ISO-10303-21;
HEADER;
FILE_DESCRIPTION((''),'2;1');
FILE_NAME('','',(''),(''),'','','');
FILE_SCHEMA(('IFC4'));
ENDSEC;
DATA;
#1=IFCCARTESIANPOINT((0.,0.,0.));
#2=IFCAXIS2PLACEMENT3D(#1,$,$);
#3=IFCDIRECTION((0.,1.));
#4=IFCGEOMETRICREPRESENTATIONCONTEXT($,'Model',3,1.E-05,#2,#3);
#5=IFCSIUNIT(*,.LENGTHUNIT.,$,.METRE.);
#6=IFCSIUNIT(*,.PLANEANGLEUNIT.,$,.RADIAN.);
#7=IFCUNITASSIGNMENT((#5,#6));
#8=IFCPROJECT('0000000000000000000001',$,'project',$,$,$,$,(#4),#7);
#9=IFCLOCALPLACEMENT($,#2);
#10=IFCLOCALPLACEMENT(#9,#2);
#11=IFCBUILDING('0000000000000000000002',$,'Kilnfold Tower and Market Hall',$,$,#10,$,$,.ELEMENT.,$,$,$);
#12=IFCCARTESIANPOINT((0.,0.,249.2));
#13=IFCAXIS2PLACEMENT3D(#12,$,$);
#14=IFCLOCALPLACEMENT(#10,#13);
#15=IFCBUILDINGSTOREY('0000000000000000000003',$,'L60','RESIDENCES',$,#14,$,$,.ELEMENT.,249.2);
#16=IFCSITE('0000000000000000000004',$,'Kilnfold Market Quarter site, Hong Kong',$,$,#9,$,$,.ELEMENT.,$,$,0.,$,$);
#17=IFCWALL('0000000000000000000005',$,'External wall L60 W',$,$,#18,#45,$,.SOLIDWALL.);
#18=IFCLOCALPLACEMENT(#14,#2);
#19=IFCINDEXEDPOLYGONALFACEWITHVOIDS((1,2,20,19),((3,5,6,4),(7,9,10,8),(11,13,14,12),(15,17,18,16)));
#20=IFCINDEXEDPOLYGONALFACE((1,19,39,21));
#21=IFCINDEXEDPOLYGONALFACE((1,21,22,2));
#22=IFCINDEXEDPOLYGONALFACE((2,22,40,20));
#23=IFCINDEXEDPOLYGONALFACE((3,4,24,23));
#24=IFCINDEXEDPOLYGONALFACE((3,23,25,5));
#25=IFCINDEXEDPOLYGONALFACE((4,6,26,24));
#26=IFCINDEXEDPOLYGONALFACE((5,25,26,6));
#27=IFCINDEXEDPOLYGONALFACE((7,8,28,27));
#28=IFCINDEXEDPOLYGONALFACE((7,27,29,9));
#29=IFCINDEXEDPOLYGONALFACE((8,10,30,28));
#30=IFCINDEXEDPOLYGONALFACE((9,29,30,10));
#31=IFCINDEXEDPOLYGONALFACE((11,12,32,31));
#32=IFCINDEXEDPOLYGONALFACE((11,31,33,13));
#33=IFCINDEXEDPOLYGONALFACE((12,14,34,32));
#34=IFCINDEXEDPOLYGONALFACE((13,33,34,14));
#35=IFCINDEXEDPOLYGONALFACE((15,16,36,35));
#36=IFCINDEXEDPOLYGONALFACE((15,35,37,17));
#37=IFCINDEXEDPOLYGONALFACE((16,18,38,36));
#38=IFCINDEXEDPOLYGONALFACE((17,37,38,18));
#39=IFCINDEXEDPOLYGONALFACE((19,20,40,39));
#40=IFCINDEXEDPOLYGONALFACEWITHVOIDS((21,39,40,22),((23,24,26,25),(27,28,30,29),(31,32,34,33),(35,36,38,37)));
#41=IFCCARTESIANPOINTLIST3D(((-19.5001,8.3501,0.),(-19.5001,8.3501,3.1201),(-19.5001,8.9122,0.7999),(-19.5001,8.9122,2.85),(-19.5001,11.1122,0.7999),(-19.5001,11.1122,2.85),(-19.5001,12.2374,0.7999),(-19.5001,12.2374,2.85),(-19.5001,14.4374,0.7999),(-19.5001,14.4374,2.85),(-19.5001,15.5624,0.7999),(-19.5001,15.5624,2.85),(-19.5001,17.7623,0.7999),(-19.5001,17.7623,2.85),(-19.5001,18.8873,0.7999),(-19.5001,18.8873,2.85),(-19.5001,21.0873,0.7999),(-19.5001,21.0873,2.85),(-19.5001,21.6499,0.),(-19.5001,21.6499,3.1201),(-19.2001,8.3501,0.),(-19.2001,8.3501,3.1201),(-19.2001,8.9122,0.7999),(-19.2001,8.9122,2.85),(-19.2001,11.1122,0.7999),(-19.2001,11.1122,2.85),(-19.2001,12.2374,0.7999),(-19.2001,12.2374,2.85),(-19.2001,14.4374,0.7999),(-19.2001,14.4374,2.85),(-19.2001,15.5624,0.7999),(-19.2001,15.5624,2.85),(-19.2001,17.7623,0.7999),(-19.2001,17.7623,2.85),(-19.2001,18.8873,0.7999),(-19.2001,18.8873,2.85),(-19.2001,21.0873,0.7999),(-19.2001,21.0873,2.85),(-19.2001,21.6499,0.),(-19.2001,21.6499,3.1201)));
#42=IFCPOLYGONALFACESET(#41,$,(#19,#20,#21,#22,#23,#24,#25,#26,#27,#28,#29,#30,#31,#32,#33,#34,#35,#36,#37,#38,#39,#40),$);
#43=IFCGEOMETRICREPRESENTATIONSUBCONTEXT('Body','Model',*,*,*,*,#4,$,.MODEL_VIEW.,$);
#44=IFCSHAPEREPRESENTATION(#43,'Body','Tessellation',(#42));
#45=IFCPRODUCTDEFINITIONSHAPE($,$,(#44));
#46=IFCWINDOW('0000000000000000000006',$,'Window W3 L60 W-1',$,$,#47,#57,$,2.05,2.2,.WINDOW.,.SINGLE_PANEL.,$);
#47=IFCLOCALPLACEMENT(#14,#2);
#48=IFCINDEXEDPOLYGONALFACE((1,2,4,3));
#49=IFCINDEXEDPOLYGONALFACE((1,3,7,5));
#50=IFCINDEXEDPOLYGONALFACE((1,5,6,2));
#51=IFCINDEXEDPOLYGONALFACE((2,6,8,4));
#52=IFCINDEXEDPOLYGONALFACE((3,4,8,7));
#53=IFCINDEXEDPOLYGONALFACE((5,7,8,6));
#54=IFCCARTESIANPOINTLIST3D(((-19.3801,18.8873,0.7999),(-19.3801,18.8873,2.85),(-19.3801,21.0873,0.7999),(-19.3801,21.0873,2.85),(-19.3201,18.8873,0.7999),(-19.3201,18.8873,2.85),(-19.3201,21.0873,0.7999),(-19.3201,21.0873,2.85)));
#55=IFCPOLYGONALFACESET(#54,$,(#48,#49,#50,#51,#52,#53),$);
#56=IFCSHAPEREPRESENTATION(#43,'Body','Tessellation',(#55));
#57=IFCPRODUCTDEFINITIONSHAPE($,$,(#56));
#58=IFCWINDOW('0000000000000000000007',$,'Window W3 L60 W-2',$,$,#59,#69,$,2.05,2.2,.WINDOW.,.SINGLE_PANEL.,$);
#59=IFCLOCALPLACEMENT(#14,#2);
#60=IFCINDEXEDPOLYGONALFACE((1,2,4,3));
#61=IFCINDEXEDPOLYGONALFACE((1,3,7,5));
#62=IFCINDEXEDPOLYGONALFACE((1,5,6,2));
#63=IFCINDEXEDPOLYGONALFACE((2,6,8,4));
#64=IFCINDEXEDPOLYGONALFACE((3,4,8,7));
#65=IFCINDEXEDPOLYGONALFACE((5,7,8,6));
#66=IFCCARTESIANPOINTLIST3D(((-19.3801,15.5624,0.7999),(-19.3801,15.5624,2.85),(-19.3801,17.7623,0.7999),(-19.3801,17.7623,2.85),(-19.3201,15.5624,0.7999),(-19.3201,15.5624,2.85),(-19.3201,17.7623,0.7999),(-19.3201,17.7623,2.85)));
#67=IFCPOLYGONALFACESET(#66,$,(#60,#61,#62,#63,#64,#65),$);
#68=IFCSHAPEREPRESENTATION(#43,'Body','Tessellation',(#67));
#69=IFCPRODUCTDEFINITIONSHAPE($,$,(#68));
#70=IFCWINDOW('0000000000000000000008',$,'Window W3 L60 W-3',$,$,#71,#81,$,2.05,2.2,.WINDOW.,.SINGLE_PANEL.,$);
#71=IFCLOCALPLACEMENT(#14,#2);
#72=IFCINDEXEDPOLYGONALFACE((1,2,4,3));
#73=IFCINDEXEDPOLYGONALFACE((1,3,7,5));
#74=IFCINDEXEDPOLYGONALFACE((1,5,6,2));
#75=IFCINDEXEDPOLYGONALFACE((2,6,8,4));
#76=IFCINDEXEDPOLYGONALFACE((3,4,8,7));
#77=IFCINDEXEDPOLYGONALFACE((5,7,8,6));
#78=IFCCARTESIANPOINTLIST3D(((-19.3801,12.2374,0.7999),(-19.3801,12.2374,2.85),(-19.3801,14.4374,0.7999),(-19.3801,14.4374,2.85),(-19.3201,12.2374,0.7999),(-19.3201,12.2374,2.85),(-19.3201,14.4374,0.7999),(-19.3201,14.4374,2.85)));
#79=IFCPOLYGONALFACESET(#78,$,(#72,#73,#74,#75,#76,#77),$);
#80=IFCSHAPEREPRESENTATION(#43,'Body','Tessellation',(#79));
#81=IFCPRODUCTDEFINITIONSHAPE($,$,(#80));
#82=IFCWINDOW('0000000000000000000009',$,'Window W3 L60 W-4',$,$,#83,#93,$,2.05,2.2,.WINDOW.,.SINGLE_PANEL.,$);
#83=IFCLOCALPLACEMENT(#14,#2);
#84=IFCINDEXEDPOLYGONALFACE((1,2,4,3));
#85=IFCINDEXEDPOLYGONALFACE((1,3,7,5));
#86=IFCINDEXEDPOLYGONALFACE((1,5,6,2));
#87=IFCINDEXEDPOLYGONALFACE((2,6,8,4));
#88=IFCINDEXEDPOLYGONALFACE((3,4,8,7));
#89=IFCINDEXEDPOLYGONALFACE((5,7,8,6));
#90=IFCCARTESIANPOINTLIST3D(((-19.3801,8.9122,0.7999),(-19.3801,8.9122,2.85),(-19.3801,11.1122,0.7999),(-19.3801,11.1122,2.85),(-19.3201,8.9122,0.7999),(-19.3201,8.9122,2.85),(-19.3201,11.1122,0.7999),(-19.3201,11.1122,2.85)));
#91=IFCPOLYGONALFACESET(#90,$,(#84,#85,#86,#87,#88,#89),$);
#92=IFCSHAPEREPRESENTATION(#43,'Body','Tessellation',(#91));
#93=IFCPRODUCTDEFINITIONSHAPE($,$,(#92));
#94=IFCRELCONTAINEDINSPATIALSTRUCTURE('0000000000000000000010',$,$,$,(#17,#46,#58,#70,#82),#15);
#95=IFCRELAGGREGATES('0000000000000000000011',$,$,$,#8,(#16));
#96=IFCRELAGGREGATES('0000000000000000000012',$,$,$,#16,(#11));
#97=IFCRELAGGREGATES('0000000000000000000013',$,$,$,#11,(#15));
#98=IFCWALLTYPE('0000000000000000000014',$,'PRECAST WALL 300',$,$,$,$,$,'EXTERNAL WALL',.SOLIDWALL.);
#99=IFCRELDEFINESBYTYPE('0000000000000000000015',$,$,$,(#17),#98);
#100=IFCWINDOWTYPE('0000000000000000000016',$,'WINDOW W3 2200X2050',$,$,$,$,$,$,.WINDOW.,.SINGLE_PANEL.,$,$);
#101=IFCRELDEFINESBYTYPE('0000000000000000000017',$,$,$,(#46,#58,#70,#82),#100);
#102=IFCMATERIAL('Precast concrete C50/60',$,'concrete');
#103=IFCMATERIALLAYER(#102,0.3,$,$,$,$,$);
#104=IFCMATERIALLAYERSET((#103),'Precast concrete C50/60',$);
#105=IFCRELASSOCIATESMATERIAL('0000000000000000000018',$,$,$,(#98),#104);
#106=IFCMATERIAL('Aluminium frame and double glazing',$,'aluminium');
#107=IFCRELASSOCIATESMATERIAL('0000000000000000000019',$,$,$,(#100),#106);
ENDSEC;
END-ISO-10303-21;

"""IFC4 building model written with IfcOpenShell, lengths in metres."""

from ifc_helpers import new_model, si_unit, direction, frame, frame_2d, origin, place, context, subcontext, project, spatial, rectangle, extrude, source, transform, mapped, material, layer, layer_set, type_object, element, fill, save


model = new_model("IFC4")

# Units and contexts
model_context = context("Model", 3, precision=1e-05, world=origin(), true_north=direction((0.0, 1.0)))
body_context = subcontext(model_context, "Body", "Model", "MODEL_VIEW")
ifc_project = project(units=[si_unit("LENGTHUNIT", "METRE"), si_unit("PLANEANGLEUNIT", "RADIAN")], contexts=[model_context])

# Site, building, storey
site_placement = place(None, origin())
site = spatial("IfcSite", under=ifc_project, at=site_placement, Name="Kilnfold Market Quarter site, Hong Kong", CompositionType="ELEMENT", RefElevation=0.0)
building_placement = place(site_placement, origin())
building = spatial("IfcBuilding", under=site, at=building_placement, Name="Kilnfold Tower and Market Hall", CompositionType="ELEMENT")
storey_placement = place(building_placement, frame((0.0, 0.0, 249.2)))
storey = spatial("IfcBuildingStorey", under=building, at=storey_placement, Name="L60", Description="RESIDENCES", CompositionType="ELEMENT", Elevation=249.2)

# Wall, openings, windows
ifc_material_1 = material(Name="Precast concrete C50/60", Category="concrete")
ifc_layer_1 = layer(ifc_material_1, 0.3)
ifc_layer_set_1 = layer_set([ifc_layer_1], Name="Precast concrete C50/60")
wall_type_1 = type_object("IfcWallType", Name="PRECAST WALL 300", ElementType="EXTERNAL WALL", PredefinedType="SOLIDWALL", material=ifc_layer_set_1)
shared_shape_1 = source(origin(), body_context, "Body", "SweptSolid", [
    extrude(rectangle(XDim=13.2998, YDim=0.3, at=frame_2d((6.6499, 0.0))), origin(), (0.0, 0.0, 1.0), 3.1201),
])
wall_1_placement = place(storey_placement, frame((-19.3501, 21.6499, 0.0), z_axis=(0.0, 0.0, 1.0), x_axis=(0.0, -1.0, 0.0)))
wall_1 = element("IfcWall", 1, at=wall_1_placement, inside=storey, type_object=wall_type_1, Name="External wall L60 W", PredefinedType="SOLIDWALL", context=body_context, shape_type="MappedRepresentation", body=[
    mapped(shared_shape_1, transform((0.0, 0.0, 0.0))),
])
opening_1_placement = place(wall_1_placement, frame((0.5625, 0.0, 0.8)))
opening_1 = element("IfcOpeningElement", 2, at=opening_1_placement, cuts=wall_1, PredefinedType="OPENING", context=body_context, shape_type="SweptSolid", body=[
    extrude(rectangle(XDim=2.2, YDim=2.05, at=frame_2d((1.1001, 1.0249))), frame((0.0, 0.1602, 0.0), z_axis=(0.0, -1.0, 0.0), x_axis=(1.0, 0.0, 0.0)), (0.0, 0.0, 1.0), 0.3201),
])
opening_2_placement = place(wall_1_placement, frame((3.8875, 0.0, 0.8)))
opening_2 = element("IfcOpeningElement", 3, at=opening_2_placement, cuts=wall_1, PredefinedType="OPENING", context=body_context, shape_type="SweptSolid", body=[
    extrude(rectangle(XDim=2.2, YDim=2.05, at=frame_2d((1.1001, 1.0249))), frame((0.0, 0.1602, 0.0), z_axis=(0.0, -1.0, 0.0), x_axis=(1.0, 0.0, 0.0)), (0.0, 0.0, 1.0), 0.3201),
])
opening_3_placement = place(wall_1_placement, frame((7.2124, 0.0, 0.8)))
opening_3 = element("IfcOpeningElement", 4, at=opening_3_placement, cuts=wall_1, PredefinedType="OPENING", context=body_context, shape_type="SweptSolid", body=[
    extrude(rectangle(XDim=2.2, YDim=2.05, at=frame_2d((1.1001, 1.0249))), frame((0.0, 0.1602, 0.0), z_axis=(0.0, -1.0, 0.0), x_axis=(1.0, 0.0, 0.0)), (0.0, 0.0, 1.0), 0.3201),
])
opening_4_placement = place(wall_1_placement, frame((10.5376, 0.0, 0.8)))
opening_4 = element("IfcOpeningElement", 5, at=opening_4_placement, cuts=wall_1, PredefinedType="OPENING", context=body_context, shape_type="SweptSolid", body=[
    extrude(rectangle(XDim=2.2, YDim=2.05, at=frame_2d((1.1001, 1.0249))), frame((0.0, 0.1602, 0.0), z_axis=(0.0, -1.0, 0.0), x_axis=(1.0, 0.0, 0.0)), (0.0, 0.0, 1.0), 0.3201),
])
ifc_material_2 = material(Name="Aluminium frame and double glazing", Category="aluminium")
window_type = type_object("IfcWindowType", Name="WINDOW W3 2200X2050", PartitioningType="SINGLE_PANEL", PredefinedType="WINDOW", material=ifc_material_2)
window_1_placement = place(opening_1_placement, origin())
window_1 = element("IfcWindow", 6, at=window_1_placement, inside=storey, type_object=window_type, Name="Window W3 L60 W-1", OverallHeight=2.05, OverallWidth=2.2, PartitioningType="SINGLE_PANEL", PredefinedType="WINDOW", context=body_context, shape_type="SweptSolid", body=[
    extrude(rectangle(XDim=2.2, YDim=2.05, at=frame_2d((1.1001, 1.0249))), frame((0.0, 0.03, 0.0), z_axis=(0.0, -1.0, 0.0), x_axis=(1.0, 0.0, 0.0)), (0.0, 0.0, 1.0), 0.0601),
])
fill(opening_1, window_1)
window_2_placement = place(opening_2_placement, origin())
window_2 = element("IfcWindow", 7, at=window_2_placement, inside=storey, type_object=window_type, Name="Window W3 L60 W-2", OverallHeight=2.05, OverallWidth=2.2, PartitioningType="SINGLE_PANEL", PredefinedType="WINDOW", context=body_context, shape_type="SweptSolid", body=[
    extrude(rectangle(XDim=2.2, YDim=2.05, at=frame_2d((1.1001, 1.0249))), frame((0.0, 0.03, 0.0), z_axis=(0.0, -1.0, 0.0), x_axis=(1.0, 0.0, 0.0)), (0.0, 0.0, 1.0), 0.0601),
])
fill(opening_2, window_2)
window_3_placement = place(opening_3_placement, origin())
window_3 = element("IfcWindow", 8, at=window_3_placement, inside=storey, type_object=window_type, Name="Window W3 L60 W-3", OverallHeight=2.05, OverallWidth=2.2, PartitioningType="SINGLE_PANEL", PredefinedType="WINDOW", context=body_context, shape_type="SweptSolid", body=[
    extrude(rectangle(XDim=2.2, YDim=2.05, at=frame_2d((1.1001, 1.0249))), frame((0.0, 0.03, 0.0), z_axis=(0.0, -1.0, 0.0), x_axis=(1.0, 0.0, 0.0)), (0.0, 0.0, 1.0), 0.0601),
])
fill(opening_3, window_3)
window_4_placement = place(opening_4_placement, origin())
window_4 = element("IfcWindow", 9, at=window_4_placement, inside=storey, type_object=window_type, Name="Window W3 L60 W-4", OverallHeight=2.05, OverallWidth=2.2, PartitioningType="SINGLE_PANEL", PredefinedType="WINDOW", context=body_context, shape_type="SweptSolid", body=[
    extrude(rectangle(XDim=2.2, YDim=2.05, at=frame_2d((1.1001, 1.0249))), frame((0.0, 0.03, 0.0), z_axis=(0.0, -1.0, 0.0), x_axis=(1.0, 0.0, 0.0)), (0.0, 0.0, 1.0), 0.0601),
])
fill(opening_4, window_4)

save(model, "model.ifc")
